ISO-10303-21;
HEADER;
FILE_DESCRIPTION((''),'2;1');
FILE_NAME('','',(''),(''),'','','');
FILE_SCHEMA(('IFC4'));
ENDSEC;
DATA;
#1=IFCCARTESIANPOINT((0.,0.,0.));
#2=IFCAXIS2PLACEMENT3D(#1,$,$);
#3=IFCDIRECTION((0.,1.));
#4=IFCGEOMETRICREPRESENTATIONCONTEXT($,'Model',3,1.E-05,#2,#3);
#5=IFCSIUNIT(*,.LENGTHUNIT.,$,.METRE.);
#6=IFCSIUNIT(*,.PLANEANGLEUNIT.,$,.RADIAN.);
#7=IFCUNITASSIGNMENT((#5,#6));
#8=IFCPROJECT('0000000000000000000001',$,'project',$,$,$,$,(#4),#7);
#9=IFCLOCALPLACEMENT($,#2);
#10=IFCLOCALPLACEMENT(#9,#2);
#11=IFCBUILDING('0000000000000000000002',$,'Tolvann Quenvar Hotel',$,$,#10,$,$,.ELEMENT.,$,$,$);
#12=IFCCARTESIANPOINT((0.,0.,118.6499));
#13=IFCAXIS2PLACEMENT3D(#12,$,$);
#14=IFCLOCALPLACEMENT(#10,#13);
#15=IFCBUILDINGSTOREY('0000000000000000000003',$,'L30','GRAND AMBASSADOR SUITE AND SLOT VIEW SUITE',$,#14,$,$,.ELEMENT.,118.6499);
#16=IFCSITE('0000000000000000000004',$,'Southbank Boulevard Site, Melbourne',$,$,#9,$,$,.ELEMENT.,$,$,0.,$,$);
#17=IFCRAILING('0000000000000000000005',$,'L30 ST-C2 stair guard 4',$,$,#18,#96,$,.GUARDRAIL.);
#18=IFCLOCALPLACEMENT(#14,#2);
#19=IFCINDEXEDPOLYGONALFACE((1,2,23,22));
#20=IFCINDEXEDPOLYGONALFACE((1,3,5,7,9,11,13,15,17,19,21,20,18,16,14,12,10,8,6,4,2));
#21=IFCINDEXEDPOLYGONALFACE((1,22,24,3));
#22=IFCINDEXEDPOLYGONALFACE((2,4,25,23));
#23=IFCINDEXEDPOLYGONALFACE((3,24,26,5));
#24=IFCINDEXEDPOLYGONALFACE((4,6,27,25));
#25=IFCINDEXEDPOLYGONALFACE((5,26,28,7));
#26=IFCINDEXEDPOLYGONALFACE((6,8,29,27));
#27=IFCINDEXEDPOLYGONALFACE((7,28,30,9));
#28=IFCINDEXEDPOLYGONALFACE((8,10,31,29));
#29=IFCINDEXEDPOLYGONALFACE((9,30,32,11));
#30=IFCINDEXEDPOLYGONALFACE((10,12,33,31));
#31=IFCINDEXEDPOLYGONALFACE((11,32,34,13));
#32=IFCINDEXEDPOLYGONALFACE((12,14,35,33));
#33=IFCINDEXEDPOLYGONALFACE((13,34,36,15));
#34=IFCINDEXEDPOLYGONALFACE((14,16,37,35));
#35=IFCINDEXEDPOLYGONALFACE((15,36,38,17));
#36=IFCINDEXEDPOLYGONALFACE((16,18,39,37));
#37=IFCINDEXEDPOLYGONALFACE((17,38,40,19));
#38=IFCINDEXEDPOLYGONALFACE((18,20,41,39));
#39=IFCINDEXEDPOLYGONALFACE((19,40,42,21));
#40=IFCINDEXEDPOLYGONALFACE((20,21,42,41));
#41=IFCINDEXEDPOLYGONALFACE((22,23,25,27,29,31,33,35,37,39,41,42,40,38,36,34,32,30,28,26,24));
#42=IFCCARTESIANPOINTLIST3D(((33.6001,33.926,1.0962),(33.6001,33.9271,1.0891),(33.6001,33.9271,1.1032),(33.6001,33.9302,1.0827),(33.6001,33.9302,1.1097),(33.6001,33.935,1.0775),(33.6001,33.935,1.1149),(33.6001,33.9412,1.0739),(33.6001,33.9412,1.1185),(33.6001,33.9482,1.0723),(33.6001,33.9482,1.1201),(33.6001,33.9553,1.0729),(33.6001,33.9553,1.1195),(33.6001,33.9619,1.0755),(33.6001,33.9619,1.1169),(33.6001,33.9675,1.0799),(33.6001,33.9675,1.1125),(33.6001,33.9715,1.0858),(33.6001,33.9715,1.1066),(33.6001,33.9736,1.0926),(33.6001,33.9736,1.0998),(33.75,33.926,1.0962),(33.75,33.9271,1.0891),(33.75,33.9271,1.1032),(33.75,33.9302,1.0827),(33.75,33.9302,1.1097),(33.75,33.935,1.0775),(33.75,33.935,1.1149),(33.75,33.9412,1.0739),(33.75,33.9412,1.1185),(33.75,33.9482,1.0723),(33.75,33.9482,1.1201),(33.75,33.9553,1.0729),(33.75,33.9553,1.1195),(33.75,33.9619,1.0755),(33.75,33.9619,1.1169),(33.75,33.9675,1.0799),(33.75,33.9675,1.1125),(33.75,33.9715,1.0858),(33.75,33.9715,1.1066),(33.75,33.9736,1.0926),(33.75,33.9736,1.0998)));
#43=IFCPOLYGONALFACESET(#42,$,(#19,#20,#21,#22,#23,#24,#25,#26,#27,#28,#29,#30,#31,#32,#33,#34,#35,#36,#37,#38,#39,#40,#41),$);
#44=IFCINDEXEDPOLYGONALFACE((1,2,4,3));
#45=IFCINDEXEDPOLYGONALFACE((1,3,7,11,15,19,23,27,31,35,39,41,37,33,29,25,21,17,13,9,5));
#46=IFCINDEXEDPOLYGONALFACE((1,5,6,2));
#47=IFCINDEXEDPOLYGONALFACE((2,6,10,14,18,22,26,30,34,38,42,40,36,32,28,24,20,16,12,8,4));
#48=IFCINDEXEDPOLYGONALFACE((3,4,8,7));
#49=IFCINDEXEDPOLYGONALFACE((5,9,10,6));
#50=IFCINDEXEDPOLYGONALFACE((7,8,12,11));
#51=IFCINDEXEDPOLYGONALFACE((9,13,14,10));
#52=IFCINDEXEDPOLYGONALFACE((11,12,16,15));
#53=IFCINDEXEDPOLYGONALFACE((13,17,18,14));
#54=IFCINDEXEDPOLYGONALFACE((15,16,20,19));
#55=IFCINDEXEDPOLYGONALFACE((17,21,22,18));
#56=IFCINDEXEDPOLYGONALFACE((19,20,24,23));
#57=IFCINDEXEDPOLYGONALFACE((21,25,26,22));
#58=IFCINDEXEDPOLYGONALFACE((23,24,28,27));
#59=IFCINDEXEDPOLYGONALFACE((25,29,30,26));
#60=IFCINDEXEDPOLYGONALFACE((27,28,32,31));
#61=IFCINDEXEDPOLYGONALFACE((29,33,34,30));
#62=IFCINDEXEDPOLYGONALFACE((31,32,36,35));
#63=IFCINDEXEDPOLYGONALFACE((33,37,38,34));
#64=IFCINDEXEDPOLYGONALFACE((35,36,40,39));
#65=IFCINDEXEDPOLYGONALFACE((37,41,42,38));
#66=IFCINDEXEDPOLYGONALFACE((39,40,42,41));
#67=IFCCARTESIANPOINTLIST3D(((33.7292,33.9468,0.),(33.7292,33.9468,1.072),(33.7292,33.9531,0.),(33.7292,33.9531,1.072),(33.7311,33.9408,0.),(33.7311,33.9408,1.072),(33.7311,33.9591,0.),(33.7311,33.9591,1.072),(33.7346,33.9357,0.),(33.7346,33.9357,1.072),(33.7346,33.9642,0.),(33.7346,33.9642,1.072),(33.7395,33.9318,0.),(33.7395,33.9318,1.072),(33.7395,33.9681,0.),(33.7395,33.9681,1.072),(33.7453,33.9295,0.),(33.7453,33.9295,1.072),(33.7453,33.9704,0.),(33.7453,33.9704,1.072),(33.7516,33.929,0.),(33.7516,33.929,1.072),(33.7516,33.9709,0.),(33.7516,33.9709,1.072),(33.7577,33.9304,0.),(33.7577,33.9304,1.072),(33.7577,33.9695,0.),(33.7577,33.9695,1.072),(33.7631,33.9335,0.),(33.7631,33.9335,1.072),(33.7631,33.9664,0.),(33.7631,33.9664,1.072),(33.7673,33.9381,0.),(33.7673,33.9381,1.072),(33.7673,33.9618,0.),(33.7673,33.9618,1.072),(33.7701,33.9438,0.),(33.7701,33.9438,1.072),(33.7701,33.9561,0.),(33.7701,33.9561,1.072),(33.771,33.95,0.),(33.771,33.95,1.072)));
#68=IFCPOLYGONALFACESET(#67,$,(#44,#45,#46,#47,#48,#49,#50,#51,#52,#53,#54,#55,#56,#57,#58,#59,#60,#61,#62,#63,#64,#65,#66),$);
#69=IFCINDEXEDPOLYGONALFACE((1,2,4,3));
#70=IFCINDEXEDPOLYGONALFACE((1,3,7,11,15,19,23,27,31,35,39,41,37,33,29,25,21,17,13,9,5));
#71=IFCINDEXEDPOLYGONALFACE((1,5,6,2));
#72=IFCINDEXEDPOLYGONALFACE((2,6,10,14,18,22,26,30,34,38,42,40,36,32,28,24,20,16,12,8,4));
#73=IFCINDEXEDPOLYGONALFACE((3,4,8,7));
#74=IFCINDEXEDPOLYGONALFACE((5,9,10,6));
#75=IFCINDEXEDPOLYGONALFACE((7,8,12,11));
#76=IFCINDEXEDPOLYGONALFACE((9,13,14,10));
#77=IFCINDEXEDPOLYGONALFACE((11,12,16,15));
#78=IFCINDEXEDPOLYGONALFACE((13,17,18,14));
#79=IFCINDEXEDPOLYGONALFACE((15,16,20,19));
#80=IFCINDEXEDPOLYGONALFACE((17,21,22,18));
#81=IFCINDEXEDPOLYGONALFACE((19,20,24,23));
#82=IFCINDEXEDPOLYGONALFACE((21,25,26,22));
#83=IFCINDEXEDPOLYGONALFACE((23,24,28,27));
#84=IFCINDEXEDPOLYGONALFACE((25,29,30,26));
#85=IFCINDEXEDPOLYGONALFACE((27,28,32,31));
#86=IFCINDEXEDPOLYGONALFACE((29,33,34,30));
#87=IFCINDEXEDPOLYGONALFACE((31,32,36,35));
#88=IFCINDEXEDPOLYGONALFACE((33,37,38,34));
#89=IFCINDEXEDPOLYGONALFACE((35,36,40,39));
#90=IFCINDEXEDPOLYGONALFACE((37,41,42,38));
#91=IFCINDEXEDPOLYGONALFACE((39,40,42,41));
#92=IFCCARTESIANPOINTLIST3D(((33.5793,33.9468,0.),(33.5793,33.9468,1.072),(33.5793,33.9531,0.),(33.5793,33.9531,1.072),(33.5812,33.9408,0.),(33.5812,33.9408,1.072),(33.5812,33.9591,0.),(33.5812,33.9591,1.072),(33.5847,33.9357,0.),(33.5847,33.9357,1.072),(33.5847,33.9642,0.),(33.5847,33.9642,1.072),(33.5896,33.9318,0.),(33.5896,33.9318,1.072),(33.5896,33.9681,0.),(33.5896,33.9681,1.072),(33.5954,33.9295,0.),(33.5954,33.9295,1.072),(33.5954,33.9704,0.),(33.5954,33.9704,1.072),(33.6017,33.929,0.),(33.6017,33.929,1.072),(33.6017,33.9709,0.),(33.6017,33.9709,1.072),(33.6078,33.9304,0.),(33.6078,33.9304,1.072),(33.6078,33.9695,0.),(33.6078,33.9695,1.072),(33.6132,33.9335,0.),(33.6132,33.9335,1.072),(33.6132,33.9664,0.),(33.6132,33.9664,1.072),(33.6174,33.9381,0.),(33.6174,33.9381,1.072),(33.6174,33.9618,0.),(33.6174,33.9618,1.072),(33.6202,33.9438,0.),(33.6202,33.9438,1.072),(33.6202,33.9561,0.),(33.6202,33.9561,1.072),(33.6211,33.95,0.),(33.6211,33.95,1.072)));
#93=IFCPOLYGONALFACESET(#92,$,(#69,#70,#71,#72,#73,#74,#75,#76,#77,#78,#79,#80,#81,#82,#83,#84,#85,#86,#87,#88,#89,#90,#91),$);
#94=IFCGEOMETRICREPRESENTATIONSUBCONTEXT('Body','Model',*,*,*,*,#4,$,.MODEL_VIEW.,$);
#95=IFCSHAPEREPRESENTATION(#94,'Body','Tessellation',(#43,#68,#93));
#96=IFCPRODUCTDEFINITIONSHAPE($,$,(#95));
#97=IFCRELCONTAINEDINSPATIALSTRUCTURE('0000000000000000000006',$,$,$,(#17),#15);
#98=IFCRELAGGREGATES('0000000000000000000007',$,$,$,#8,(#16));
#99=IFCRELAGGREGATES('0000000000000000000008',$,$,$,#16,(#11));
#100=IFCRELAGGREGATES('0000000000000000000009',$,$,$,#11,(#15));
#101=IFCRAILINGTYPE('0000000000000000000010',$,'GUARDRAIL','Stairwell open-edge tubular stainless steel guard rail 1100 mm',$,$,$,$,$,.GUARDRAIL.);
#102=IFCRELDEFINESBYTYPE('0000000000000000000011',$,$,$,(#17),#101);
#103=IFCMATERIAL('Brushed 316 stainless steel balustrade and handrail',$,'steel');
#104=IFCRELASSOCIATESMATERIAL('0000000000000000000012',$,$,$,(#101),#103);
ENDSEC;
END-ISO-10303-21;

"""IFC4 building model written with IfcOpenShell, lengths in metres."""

from ifc_helpers import new_model, si_unit, direction, frame, origin, origin_2d, place, context, subcontext, project, spatial, circle, extrude, material, type_object, element, save


model = new_model("IFC4")

# Units and contexts
model_context = context("Model", 3, precision=1e-05, world=origin(), true_north=direction((0.0, 1.0)))
body_context = subcontext(model_context, "Body", "Model", "MODEL_VIEW")
ifc_project = project(units=[si_unit("LENGTHUNIT", "METRE"), si_unit("PLANEANGLEUNIT", "RADIAN")], contexts=[model_context])

# Site, building, storey
site_placement = place(None, origin())
site = spatial("IfcSite", under=ifc_project, at=site_placement, Name="Southbank Boulevard Site, Melbourne", CompositionType="ELEMENT", RefElevation=0.0)
building_placement = place(site_placement, origin())
building = spatial("IfcBuilding", under=site, at=building_placement, Name="Tolvann Quenvar Hotel", CompositionType="ELEMENT")
storey_placement = place(building_placement, frame((0.0, 0.0, 118.6499)))
storey = spatial("IfcBuildingStorey", under=building, at=storey_placement, Name="L30", Description="GRAND AMBASSADOR SUITE AND SLOT VIEW SUITE", CompositionType="ELEMENT", Elevation=118.6499)

# Railing
ifc_material_1 = material(Name="Brushed 316 stainless steel balustrade and handrail", Category="steel")
railing_type_1 = type_object("IfcRailingType", Name="GUARDRAIL", Description="Stairwell open-edge tubular stainless steel guard rail 1100 mm", PredefinedType="GUARDRAIL", material=ifc_material_1)
railing_1_placement = place(storey_placement, frame((33.75, 33.95, 0.0)))
element("IfcRailing", 1, at=railing_1_placement, inside=storey, type_object=railing_type_1, Name="L30 ST-C2 stair guard 4", PredefinedType="GUARDRAIL", context=body_context, shape_type="SweptSolid", body=[
    extrude(circle(Radius=0.0239, at=origin_2d()), frame((0.0, 0.0, 1.0962), z_axis=(-1.0, 0.0, 0.0), x_axis=(0.0, -1.0, 0.0)), (0.0, 0.0, 1.0), 0.1499),
    extrude(circle(Radius=0.021, at=origin_2d()), origin(), (0.0, 0.0, 1.0), 1.072),
    extrude(circle(Radius=0.021, at=origin_2d()), frame((-0.1499, 0.0, 0.0)), (0.0, 0.0, 1.0), 1.072),
])

save(model, "model.ifc")
